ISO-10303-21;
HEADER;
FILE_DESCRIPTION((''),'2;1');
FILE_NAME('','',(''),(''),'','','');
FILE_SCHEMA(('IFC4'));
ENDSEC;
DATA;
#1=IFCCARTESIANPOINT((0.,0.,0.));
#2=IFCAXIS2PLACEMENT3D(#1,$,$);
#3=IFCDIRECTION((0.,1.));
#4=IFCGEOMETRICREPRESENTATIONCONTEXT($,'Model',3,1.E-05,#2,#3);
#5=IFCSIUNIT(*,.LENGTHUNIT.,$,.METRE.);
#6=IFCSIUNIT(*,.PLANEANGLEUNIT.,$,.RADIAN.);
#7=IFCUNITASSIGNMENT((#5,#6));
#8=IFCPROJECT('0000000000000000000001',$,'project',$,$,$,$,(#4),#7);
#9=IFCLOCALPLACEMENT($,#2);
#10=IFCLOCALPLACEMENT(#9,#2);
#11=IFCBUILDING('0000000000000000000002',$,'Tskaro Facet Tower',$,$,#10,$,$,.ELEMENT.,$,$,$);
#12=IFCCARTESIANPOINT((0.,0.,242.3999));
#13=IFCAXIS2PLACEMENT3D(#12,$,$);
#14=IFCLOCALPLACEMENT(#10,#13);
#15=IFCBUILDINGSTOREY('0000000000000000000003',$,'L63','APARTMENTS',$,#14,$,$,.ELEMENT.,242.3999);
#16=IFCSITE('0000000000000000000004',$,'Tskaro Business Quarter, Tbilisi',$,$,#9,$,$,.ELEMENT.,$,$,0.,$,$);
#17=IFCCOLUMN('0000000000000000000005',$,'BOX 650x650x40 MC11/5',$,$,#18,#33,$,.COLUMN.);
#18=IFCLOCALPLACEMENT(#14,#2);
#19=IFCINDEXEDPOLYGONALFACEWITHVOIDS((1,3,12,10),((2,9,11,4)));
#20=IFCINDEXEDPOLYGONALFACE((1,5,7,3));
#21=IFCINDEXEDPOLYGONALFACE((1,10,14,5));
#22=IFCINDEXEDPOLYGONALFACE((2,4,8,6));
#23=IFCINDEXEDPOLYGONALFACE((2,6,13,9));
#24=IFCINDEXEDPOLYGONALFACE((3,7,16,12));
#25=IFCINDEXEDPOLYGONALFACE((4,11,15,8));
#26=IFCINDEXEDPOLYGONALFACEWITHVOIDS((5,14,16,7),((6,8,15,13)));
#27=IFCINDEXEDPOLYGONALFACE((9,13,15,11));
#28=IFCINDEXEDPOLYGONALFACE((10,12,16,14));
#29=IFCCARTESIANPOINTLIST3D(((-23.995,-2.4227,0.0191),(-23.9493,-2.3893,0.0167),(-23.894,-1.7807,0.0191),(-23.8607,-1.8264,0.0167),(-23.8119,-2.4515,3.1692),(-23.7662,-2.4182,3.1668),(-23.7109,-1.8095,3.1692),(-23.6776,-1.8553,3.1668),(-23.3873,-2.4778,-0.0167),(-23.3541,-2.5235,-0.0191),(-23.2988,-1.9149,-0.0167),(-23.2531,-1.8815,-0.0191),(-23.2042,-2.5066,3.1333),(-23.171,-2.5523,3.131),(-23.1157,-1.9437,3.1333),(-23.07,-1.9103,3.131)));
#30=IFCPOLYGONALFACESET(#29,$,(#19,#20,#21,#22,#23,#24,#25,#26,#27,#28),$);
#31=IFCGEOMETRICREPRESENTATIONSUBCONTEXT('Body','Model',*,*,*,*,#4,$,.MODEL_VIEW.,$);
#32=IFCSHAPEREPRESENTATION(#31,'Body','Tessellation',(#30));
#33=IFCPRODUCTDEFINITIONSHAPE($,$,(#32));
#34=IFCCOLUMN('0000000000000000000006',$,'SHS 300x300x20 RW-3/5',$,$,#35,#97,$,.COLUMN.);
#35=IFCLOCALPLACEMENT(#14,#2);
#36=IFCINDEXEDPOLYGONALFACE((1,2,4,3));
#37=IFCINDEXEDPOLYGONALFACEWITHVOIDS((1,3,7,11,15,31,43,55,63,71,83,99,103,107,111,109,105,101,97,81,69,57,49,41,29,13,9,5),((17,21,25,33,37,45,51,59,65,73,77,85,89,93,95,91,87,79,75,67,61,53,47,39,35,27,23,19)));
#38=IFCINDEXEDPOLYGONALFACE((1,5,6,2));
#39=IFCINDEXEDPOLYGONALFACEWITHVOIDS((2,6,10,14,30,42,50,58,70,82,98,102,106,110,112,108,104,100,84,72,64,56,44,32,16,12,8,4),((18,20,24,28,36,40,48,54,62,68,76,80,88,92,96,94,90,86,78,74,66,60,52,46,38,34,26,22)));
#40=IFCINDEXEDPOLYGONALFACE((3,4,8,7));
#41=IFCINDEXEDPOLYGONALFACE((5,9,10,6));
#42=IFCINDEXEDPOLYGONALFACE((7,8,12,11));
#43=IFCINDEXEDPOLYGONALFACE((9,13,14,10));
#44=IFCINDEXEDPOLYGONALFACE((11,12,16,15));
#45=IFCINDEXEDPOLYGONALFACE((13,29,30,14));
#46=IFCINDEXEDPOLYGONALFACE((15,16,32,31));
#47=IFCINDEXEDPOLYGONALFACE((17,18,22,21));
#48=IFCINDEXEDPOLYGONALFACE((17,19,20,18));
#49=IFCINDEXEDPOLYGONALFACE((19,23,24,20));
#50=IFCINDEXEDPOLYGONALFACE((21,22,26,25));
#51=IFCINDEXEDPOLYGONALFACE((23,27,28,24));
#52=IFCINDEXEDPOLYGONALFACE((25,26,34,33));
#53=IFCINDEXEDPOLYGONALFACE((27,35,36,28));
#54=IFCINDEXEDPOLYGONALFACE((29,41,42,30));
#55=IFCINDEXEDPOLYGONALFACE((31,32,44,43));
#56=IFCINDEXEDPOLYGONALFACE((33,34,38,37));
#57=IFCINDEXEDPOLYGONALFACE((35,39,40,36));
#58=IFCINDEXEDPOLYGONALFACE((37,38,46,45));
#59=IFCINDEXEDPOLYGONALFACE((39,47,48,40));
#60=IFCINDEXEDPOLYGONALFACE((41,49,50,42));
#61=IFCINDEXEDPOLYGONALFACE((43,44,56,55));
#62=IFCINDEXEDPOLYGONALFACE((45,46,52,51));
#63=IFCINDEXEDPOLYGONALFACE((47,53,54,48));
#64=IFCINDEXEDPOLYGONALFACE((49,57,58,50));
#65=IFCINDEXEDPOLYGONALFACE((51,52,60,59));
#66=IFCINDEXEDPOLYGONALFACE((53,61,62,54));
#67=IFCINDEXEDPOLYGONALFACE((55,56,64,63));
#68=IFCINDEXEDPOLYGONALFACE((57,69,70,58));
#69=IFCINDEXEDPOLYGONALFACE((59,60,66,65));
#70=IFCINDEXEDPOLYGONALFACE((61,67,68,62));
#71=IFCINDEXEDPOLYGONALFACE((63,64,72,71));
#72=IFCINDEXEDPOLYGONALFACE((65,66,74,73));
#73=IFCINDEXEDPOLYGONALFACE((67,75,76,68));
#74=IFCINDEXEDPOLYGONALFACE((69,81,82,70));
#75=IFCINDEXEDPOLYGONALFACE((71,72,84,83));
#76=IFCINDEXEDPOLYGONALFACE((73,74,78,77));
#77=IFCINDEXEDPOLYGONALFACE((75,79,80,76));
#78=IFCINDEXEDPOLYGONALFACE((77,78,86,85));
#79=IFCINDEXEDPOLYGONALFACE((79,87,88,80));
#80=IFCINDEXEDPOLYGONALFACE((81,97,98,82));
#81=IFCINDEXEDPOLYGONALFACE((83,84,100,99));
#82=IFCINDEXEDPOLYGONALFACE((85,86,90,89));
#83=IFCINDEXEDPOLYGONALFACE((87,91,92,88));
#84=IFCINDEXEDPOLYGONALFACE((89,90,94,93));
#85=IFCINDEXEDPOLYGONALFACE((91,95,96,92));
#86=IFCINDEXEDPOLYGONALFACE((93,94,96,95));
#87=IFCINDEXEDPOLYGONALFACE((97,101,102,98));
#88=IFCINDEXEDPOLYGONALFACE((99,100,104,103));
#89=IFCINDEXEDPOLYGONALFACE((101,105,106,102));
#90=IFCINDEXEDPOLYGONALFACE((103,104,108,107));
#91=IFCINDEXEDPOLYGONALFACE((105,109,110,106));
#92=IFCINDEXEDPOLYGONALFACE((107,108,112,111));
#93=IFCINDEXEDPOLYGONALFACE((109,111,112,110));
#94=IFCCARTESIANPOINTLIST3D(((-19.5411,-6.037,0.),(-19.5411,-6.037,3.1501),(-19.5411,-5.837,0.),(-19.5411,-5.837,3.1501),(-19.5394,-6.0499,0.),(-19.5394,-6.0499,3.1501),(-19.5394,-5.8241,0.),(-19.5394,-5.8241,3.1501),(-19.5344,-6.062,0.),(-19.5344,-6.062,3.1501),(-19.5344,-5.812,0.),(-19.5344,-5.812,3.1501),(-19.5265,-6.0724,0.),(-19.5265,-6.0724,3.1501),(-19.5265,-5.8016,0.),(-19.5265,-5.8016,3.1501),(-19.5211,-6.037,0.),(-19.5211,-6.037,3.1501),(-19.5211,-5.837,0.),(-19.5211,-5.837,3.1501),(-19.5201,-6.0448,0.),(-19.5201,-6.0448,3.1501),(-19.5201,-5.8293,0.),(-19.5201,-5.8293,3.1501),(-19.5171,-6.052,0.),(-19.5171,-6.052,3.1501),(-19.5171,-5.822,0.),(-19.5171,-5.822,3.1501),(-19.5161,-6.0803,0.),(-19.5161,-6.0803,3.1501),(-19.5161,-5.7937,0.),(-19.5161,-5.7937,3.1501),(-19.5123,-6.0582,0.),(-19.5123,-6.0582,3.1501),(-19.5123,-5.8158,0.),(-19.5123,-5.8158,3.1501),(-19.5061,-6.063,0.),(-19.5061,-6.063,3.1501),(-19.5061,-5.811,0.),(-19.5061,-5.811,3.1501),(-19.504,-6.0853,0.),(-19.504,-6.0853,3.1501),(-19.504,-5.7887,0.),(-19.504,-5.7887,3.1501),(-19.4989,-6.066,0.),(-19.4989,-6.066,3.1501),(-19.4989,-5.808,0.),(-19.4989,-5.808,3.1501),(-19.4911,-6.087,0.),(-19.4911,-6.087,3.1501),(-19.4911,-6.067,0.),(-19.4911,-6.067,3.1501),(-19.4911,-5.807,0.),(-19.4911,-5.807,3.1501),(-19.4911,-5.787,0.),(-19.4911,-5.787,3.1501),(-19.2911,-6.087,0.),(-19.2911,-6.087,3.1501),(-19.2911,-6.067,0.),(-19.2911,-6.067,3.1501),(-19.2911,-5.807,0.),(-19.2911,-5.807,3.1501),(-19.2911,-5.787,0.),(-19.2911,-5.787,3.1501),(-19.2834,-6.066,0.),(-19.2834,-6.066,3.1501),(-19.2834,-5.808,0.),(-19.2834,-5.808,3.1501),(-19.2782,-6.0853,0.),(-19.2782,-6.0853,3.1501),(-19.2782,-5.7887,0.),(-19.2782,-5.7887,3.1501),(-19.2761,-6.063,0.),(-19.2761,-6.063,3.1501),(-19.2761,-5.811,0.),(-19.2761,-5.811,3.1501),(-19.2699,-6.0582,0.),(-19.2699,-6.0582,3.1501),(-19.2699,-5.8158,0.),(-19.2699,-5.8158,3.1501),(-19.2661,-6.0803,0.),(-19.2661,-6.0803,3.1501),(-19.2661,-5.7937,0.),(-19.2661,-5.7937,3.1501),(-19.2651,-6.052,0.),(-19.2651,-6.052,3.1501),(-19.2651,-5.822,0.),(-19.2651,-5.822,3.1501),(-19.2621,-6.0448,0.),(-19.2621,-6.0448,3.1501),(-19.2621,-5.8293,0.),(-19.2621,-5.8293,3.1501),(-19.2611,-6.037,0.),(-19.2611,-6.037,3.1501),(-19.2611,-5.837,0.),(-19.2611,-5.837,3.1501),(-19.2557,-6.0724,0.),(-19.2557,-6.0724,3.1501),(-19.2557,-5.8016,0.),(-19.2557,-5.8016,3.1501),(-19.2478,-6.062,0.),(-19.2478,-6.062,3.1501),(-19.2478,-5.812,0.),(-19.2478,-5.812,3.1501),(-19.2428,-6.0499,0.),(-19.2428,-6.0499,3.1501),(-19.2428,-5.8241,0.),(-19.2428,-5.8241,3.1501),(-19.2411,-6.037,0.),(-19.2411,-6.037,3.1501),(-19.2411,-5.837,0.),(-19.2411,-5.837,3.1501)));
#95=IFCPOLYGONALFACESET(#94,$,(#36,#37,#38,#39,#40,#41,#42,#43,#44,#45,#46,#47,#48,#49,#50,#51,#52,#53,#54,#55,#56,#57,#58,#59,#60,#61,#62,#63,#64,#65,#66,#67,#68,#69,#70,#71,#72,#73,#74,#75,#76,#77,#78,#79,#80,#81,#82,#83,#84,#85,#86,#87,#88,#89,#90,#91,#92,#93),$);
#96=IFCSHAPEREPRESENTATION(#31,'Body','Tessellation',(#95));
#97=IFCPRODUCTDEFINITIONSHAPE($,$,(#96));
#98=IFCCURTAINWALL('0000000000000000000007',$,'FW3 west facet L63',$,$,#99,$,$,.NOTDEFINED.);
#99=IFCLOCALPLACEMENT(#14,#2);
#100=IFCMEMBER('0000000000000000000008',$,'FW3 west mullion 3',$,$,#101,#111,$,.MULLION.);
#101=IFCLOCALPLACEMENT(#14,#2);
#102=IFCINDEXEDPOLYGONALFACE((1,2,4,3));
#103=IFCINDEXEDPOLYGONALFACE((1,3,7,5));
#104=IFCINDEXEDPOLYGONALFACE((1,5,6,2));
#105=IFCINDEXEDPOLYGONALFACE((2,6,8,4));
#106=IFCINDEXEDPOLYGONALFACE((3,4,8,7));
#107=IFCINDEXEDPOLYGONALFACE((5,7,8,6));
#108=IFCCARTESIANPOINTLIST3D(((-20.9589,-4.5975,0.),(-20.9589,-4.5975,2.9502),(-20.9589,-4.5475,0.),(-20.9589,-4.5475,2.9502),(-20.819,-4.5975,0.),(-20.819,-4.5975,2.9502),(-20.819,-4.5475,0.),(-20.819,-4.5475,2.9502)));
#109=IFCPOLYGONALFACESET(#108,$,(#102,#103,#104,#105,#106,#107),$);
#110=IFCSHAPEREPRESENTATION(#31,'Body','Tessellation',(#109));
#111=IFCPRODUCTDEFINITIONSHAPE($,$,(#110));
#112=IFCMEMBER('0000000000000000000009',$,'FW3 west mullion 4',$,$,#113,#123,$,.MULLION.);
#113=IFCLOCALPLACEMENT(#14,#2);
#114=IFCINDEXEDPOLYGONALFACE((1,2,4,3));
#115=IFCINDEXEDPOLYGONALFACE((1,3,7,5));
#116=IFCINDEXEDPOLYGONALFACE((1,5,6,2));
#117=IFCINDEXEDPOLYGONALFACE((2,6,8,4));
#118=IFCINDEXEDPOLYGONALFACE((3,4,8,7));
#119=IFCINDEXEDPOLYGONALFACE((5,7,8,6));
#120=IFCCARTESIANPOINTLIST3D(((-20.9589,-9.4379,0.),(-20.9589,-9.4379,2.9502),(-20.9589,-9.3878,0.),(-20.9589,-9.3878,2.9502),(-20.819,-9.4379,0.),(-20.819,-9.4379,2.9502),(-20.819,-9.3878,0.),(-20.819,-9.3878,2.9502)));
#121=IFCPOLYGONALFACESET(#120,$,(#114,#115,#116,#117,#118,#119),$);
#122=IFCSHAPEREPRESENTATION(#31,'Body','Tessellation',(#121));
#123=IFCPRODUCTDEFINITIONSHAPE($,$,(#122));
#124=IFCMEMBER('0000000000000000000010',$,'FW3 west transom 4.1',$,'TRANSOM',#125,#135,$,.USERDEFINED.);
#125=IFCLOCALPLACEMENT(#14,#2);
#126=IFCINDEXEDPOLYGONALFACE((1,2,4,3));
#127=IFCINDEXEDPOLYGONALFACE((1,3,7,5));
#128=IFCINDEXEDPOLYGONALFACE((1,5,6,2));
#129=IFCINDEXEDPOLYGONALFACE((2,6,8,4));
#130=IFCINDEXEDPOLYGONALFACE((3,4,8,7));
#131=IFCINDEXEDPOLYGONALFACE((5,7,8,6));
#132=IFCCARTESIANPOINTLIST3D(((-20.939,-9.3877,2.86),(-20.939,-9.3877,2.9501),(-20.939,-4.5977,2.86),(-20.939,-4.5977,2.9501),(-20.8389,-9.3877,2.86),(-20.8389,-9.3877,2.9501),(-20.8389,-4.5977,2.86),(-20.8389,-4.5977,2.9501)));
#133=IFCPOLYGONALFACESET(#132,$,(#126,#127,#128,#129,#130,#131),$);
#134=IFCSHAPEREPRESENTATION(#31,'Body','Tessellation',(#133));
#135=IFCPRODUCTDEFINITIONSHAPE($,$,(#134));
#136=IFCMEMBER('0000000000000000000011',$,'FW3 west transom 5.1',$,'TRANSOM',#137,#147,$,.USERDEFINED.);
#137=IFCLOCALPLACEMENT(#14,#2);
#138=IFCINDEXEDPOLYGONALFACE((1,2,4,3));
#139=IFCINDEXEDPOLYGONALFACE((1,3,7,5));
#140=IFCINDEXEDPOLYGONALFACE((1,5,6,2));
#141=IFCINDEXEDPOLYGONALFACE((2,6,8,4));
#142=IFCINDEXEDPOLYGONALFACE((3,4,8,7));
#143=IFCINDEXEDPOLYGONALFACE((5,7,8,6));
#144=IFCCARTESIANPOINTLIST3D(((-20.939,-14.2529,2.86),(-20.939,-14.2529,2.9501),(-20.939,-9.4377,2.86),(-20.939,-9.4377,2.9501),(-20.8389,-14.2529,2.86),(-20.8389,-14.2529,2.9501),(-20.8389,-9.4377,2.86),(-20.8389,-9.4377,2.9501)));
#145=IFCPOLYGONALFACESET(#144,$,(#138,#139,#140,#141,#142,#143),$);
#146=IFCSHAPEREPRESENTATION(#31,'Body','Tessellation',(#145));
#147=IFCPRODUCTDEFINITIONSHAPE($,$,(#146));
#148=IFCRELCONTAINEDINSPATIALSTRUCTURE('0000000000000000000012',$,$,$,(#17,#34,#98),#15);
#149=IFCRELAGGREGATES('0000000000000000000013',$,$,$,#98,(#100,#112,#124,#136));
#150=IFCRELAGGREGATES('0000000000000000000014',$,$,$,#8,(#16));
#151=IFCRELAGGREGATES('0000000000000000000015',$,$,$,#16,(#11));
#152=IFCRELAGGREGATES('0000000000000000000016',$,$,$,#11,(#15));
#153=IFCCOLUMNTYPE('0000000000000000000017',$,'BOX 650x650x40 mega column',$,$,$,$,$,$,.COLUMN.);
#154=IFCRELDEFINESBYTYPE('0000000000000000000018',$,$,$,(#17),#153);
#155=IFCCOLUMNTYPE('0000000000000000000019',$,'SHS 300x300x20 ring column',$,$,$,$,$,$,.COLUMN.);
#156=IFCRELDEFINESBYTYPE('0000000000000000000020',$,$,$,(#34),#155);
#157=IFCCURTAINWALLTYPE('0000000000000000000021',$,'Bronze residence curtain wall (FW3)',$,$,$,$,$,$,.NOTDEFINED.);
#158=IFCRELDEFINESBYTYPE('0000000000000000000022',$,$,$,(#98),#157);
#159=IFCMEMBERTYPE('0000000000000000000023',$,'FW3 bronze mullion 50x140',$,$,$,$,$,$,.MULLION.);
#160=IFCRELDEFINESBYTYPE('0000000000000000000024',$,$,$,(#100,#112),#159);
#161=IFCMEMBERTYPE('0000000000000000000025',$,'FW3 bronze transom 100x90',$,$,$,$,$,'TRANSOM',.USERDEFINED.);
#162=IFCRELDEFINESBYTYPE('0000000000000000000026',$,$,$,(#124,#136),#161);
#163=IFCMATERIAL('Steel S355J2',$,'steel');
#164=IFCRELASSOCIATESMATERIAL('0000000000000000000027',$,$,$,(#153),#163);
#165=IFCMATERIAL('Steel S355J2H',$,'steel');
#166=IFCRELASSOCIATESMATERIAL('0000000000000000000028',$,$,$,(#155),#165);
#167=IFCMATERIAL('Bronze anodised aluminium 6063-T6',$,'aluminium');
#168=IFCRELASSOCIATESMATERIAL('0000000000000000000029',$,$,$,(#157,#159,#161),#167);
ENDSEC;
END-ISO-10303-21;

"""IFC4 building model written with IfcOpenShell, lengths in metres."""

from ifc_helpers import new_model, si_unit, direction, frame, origin, origin_2d, place, context, subcontext, project, spatial, rectangle, hollow_rectangle, extrude, material, material_profile, profile_set, type_object, element, aggregate, save


model = new_model("IFC4")

# Units and contexts
model_context = context("Model", 3, precision=1e-05, world=origin(), true_north=direction((0.0, 1.0)))
body_context = subcontext(model_context, "Body", "Model", "MODEL_VIEW")
ifc_project = project(units=[si_unit("LENGTHUNIT", "METRE"), si_unit("PLANEANGLEUNIT", "RADIAN")], contexts=[model_context])

# Site, building, storey
site_placement = place(None, origin())
site = spatial("IfcSite", under=ifc_project, at=site_placement, Name="Tskaro Business Quarter, Tbilisi", CompositionType="ELEMENT", RefElevation=0.0)
building_placement = place(site_placement, origin())
building = spatial("IfcBuilding", under=site, at=building_placement, Name="Tskaro Facet Tower", CompositionType="ELEMENT")
storey_placement = place(building_placement, frame((0.0, 0.0, 242.3999)))
storey = spatial("IfcBuildingStorey", under=building, at=storey_placement, Name="L63", Description="APARTMENTS", CompositionType="ELEMENT", Elevation=242.3999)

# Columns
ifc_material_1 = material(Name="Steel S355J2", Category="steel")
ifc_material_profile_1 = material_profile(ifc_material_1, hollow_rectangle(XDim=0.6499, YDim=0.6499, WallThickness=0.04, at=origin_2d()), Name="BOX 650x650x40")
ifc_profile_set_1 = profile_set([ifc_material_profile_1], Name="Steel S355J2")
column_type_1 = type_object("IfcColumnType", Name="BOX 650x650x40 mega column", PredefinedType="COLUMN", material=ifc_profile_set_1)
column_1_placement = place(storey_placement, frame((-23.624, -2.1521, 0.0), z_axis=(0.058026, -0.009129, 0.998273), x_axis=(0.155421, 0.987848, 0.0)))
element("IfcColumn", 1, at=column_1_placement, inside=storey, type_object=column_type_1, Name="BOX 650x650x40 MC11/5", PredefinedType="COLUMN", context=body_context, shape_type="SweptSolid", body=[
    extrude(hollow_rectangle(XDim=0.6499, YDim=0.6499, WallThickness=0.04, at=origin_2d()), origin(), (0.0, 0.0, 1.0), 3.1555),
])
ifc_material_2 = material(Name="Steel S355J2H", Category="steel")
ifc_material_profile_2 = material_profile(ifc_material_2, hollow_rectangle(XDim=0.3, YDim=0.3, WallThickness=0.02, InnerFilletRadius=0.03, OuterFilletRadius=0.05, at=origin_2d()), Name="SHS 300x300x20")
ifc_profile_set_2 = profile_set([ifc_material_profile_2], Name="Steel S355J2H")
column_type_2 = type_object("IfcColumnType", Name="SHS 300x300x20 ring column", PredefinedType="COLUMN", material=ifc_profile_set_2)
column_2_placement = place(storey_placement, frame((-19.3911, -5.937, 0.0), z_axis=(0.0, 0.0, 1.0), x_axis=(1.0, 0.0, 0.0)))
element("IfcColumn", 2, at=column_2_placement, inside=storey, type_object=column_type_2, Name="SHS 300x300x20 RW-3/5", PredefinedType="COLUMN", context=body_context, shape_type="SweptSolid", body=[
    extrude(hollow_rectangle(XDim=0.3, YDim=0.3, WallThickness=0.02, InnerFilletRadius=0.03, OuterFilletRadius=0.05, at=origin_2d()), origin(), (0.0, 0.0, 1.0), 3.1501),
])

# Curtain wall, members
ifc_material_3 = material(Name="Bronze anodised aluminium 6063-T6", Category="aluminium")
curtain_wall_type = type_object("IfcCurtainWallType", Name="Bronze residence curtain wall (FW3)", PredefinedType="NOTDEFINED", material=ifc_material_3)
curtain_wall_placement = place(storey_placement, origin())
curtain_wall = element("IfcCurtainWall", 3, at=curtain_wall_placement, inside=storey, type_object=curtain_wall_type, Name="FW3 west facet L63", PredefinedType="NOTDEFINED")
ifc_material_profile_3 = material_profile(ifc_material_3, rectangle(XDim=0.05, YDim=0.1399, at=origin_2d()), Name="Mullion 50x140")
ifc_profile_set_3 = profile_set([ifc_material_profile_3], Name="Bronze anodised aluminium 6063-T6")
member_type_1 = type_object("IfcMemberType", Name="FW3 bronze mullion 50x140", PredefinedType="MULLION", material=ifc_profile_set_3)
member_1_placement = place(storey_placement, frame((-20.8889, -4.5725, 0.0), z_axis=(0.0, 0.0, 1.0), x_axis=(0.0, -1.0, 0.0)))
member_1 = element("IfcMember", 4, at=member_1_placement, type_object=member_type_1, Name="FW3 west mullion 3", PredefinedType="MULLION", context=body_context, shape_type="SweptSolid", body=[
    extrude(rectangle(XDim=0.05, YDim=0.1399, at=origin_2d()), origin(), (0.0, 0.0, 1.0), 2.9502),
])
member_2_placement = place(storey_placement, frame((-20.8889, -9.4128, 0.0), z_axis=(0.0, 0.0, 1.0), x_axis=(0.0, -1.0, 0.0)))
member_2 = element("IfcMember", 5, at=member_2_placement, type_object=member_type_1, Name="FW3 west mullion 4", PredefinedType="MULLION", context=body_context, shape_type="SweptSolid", body=[
    extrude(rectangle(XDim=0.05, YDim=0.1399, at=origin_2d()), origin(), (0.0, 0.0, 1.0), 2.9502),
])
ifc_material_profile_4 = material_profile(ifc_material_3, rectangle(XDim=0.1001, YDim=0.0901, at=origin_2d()), Name="Transom 100x90")
ifc_profile_set_4 = profile_set([ifc_material_profile_4], Name="Bronze anodised aluminium 6063-T6")
member_type_2 = type_object("IfcMemberType", Name="FW3 bronze transom 100x90", ElementType="TRANSOM", PredefinedType="USERDEFINED", material=ifc_profile_set_4)
member_3_placement = place(storey_placement, frame((-20.8889, -4.5977, 2.905), z_axis=(0.0, -1.0, 0.0), x_axis=(1.0, 0.0, 0.0)))
member_3 = element("IfcMember", 6, at=member_3_placement, type_object=member_type_2, Name="FW3 west transom 4.1", ObjectType="TRANSOM", PredefinedType="USERDEFINED", context=body_context, shape_type="SweptSolid", body=[
    extrude(rectangle(XDim=0.1001, YDim=0.0901, at=origin_2d()), origin(), (0.0, 0.0, 1.0), 4.79),
])
member_4_placement = place(storey_placement, frame((-20.8889, -9.4377, 2.905), z_axis=(0.0, -1.0, 0.0), x_axis=(1.0, 0.0, 0.0)))
member_4 = element("IfcMember", 7, at=member_4_placement, type_object=member_type_2, Name="FW3 west transom 5.1", ObjectType="TRANSOM", PredefinedType="USERDEFINED", context=body_context, shape_type="SweptSolid", body=[
    extrude(rectangle(XDim=0.1001, YDim=0.0901, at=origin_2d()), origin(), (0.0, 0.0, 1.0), 4.8152),
])

aggregate(curtain_wall, [member_1, member_2, member_3, member_4])

save(model, "model.ifc")
